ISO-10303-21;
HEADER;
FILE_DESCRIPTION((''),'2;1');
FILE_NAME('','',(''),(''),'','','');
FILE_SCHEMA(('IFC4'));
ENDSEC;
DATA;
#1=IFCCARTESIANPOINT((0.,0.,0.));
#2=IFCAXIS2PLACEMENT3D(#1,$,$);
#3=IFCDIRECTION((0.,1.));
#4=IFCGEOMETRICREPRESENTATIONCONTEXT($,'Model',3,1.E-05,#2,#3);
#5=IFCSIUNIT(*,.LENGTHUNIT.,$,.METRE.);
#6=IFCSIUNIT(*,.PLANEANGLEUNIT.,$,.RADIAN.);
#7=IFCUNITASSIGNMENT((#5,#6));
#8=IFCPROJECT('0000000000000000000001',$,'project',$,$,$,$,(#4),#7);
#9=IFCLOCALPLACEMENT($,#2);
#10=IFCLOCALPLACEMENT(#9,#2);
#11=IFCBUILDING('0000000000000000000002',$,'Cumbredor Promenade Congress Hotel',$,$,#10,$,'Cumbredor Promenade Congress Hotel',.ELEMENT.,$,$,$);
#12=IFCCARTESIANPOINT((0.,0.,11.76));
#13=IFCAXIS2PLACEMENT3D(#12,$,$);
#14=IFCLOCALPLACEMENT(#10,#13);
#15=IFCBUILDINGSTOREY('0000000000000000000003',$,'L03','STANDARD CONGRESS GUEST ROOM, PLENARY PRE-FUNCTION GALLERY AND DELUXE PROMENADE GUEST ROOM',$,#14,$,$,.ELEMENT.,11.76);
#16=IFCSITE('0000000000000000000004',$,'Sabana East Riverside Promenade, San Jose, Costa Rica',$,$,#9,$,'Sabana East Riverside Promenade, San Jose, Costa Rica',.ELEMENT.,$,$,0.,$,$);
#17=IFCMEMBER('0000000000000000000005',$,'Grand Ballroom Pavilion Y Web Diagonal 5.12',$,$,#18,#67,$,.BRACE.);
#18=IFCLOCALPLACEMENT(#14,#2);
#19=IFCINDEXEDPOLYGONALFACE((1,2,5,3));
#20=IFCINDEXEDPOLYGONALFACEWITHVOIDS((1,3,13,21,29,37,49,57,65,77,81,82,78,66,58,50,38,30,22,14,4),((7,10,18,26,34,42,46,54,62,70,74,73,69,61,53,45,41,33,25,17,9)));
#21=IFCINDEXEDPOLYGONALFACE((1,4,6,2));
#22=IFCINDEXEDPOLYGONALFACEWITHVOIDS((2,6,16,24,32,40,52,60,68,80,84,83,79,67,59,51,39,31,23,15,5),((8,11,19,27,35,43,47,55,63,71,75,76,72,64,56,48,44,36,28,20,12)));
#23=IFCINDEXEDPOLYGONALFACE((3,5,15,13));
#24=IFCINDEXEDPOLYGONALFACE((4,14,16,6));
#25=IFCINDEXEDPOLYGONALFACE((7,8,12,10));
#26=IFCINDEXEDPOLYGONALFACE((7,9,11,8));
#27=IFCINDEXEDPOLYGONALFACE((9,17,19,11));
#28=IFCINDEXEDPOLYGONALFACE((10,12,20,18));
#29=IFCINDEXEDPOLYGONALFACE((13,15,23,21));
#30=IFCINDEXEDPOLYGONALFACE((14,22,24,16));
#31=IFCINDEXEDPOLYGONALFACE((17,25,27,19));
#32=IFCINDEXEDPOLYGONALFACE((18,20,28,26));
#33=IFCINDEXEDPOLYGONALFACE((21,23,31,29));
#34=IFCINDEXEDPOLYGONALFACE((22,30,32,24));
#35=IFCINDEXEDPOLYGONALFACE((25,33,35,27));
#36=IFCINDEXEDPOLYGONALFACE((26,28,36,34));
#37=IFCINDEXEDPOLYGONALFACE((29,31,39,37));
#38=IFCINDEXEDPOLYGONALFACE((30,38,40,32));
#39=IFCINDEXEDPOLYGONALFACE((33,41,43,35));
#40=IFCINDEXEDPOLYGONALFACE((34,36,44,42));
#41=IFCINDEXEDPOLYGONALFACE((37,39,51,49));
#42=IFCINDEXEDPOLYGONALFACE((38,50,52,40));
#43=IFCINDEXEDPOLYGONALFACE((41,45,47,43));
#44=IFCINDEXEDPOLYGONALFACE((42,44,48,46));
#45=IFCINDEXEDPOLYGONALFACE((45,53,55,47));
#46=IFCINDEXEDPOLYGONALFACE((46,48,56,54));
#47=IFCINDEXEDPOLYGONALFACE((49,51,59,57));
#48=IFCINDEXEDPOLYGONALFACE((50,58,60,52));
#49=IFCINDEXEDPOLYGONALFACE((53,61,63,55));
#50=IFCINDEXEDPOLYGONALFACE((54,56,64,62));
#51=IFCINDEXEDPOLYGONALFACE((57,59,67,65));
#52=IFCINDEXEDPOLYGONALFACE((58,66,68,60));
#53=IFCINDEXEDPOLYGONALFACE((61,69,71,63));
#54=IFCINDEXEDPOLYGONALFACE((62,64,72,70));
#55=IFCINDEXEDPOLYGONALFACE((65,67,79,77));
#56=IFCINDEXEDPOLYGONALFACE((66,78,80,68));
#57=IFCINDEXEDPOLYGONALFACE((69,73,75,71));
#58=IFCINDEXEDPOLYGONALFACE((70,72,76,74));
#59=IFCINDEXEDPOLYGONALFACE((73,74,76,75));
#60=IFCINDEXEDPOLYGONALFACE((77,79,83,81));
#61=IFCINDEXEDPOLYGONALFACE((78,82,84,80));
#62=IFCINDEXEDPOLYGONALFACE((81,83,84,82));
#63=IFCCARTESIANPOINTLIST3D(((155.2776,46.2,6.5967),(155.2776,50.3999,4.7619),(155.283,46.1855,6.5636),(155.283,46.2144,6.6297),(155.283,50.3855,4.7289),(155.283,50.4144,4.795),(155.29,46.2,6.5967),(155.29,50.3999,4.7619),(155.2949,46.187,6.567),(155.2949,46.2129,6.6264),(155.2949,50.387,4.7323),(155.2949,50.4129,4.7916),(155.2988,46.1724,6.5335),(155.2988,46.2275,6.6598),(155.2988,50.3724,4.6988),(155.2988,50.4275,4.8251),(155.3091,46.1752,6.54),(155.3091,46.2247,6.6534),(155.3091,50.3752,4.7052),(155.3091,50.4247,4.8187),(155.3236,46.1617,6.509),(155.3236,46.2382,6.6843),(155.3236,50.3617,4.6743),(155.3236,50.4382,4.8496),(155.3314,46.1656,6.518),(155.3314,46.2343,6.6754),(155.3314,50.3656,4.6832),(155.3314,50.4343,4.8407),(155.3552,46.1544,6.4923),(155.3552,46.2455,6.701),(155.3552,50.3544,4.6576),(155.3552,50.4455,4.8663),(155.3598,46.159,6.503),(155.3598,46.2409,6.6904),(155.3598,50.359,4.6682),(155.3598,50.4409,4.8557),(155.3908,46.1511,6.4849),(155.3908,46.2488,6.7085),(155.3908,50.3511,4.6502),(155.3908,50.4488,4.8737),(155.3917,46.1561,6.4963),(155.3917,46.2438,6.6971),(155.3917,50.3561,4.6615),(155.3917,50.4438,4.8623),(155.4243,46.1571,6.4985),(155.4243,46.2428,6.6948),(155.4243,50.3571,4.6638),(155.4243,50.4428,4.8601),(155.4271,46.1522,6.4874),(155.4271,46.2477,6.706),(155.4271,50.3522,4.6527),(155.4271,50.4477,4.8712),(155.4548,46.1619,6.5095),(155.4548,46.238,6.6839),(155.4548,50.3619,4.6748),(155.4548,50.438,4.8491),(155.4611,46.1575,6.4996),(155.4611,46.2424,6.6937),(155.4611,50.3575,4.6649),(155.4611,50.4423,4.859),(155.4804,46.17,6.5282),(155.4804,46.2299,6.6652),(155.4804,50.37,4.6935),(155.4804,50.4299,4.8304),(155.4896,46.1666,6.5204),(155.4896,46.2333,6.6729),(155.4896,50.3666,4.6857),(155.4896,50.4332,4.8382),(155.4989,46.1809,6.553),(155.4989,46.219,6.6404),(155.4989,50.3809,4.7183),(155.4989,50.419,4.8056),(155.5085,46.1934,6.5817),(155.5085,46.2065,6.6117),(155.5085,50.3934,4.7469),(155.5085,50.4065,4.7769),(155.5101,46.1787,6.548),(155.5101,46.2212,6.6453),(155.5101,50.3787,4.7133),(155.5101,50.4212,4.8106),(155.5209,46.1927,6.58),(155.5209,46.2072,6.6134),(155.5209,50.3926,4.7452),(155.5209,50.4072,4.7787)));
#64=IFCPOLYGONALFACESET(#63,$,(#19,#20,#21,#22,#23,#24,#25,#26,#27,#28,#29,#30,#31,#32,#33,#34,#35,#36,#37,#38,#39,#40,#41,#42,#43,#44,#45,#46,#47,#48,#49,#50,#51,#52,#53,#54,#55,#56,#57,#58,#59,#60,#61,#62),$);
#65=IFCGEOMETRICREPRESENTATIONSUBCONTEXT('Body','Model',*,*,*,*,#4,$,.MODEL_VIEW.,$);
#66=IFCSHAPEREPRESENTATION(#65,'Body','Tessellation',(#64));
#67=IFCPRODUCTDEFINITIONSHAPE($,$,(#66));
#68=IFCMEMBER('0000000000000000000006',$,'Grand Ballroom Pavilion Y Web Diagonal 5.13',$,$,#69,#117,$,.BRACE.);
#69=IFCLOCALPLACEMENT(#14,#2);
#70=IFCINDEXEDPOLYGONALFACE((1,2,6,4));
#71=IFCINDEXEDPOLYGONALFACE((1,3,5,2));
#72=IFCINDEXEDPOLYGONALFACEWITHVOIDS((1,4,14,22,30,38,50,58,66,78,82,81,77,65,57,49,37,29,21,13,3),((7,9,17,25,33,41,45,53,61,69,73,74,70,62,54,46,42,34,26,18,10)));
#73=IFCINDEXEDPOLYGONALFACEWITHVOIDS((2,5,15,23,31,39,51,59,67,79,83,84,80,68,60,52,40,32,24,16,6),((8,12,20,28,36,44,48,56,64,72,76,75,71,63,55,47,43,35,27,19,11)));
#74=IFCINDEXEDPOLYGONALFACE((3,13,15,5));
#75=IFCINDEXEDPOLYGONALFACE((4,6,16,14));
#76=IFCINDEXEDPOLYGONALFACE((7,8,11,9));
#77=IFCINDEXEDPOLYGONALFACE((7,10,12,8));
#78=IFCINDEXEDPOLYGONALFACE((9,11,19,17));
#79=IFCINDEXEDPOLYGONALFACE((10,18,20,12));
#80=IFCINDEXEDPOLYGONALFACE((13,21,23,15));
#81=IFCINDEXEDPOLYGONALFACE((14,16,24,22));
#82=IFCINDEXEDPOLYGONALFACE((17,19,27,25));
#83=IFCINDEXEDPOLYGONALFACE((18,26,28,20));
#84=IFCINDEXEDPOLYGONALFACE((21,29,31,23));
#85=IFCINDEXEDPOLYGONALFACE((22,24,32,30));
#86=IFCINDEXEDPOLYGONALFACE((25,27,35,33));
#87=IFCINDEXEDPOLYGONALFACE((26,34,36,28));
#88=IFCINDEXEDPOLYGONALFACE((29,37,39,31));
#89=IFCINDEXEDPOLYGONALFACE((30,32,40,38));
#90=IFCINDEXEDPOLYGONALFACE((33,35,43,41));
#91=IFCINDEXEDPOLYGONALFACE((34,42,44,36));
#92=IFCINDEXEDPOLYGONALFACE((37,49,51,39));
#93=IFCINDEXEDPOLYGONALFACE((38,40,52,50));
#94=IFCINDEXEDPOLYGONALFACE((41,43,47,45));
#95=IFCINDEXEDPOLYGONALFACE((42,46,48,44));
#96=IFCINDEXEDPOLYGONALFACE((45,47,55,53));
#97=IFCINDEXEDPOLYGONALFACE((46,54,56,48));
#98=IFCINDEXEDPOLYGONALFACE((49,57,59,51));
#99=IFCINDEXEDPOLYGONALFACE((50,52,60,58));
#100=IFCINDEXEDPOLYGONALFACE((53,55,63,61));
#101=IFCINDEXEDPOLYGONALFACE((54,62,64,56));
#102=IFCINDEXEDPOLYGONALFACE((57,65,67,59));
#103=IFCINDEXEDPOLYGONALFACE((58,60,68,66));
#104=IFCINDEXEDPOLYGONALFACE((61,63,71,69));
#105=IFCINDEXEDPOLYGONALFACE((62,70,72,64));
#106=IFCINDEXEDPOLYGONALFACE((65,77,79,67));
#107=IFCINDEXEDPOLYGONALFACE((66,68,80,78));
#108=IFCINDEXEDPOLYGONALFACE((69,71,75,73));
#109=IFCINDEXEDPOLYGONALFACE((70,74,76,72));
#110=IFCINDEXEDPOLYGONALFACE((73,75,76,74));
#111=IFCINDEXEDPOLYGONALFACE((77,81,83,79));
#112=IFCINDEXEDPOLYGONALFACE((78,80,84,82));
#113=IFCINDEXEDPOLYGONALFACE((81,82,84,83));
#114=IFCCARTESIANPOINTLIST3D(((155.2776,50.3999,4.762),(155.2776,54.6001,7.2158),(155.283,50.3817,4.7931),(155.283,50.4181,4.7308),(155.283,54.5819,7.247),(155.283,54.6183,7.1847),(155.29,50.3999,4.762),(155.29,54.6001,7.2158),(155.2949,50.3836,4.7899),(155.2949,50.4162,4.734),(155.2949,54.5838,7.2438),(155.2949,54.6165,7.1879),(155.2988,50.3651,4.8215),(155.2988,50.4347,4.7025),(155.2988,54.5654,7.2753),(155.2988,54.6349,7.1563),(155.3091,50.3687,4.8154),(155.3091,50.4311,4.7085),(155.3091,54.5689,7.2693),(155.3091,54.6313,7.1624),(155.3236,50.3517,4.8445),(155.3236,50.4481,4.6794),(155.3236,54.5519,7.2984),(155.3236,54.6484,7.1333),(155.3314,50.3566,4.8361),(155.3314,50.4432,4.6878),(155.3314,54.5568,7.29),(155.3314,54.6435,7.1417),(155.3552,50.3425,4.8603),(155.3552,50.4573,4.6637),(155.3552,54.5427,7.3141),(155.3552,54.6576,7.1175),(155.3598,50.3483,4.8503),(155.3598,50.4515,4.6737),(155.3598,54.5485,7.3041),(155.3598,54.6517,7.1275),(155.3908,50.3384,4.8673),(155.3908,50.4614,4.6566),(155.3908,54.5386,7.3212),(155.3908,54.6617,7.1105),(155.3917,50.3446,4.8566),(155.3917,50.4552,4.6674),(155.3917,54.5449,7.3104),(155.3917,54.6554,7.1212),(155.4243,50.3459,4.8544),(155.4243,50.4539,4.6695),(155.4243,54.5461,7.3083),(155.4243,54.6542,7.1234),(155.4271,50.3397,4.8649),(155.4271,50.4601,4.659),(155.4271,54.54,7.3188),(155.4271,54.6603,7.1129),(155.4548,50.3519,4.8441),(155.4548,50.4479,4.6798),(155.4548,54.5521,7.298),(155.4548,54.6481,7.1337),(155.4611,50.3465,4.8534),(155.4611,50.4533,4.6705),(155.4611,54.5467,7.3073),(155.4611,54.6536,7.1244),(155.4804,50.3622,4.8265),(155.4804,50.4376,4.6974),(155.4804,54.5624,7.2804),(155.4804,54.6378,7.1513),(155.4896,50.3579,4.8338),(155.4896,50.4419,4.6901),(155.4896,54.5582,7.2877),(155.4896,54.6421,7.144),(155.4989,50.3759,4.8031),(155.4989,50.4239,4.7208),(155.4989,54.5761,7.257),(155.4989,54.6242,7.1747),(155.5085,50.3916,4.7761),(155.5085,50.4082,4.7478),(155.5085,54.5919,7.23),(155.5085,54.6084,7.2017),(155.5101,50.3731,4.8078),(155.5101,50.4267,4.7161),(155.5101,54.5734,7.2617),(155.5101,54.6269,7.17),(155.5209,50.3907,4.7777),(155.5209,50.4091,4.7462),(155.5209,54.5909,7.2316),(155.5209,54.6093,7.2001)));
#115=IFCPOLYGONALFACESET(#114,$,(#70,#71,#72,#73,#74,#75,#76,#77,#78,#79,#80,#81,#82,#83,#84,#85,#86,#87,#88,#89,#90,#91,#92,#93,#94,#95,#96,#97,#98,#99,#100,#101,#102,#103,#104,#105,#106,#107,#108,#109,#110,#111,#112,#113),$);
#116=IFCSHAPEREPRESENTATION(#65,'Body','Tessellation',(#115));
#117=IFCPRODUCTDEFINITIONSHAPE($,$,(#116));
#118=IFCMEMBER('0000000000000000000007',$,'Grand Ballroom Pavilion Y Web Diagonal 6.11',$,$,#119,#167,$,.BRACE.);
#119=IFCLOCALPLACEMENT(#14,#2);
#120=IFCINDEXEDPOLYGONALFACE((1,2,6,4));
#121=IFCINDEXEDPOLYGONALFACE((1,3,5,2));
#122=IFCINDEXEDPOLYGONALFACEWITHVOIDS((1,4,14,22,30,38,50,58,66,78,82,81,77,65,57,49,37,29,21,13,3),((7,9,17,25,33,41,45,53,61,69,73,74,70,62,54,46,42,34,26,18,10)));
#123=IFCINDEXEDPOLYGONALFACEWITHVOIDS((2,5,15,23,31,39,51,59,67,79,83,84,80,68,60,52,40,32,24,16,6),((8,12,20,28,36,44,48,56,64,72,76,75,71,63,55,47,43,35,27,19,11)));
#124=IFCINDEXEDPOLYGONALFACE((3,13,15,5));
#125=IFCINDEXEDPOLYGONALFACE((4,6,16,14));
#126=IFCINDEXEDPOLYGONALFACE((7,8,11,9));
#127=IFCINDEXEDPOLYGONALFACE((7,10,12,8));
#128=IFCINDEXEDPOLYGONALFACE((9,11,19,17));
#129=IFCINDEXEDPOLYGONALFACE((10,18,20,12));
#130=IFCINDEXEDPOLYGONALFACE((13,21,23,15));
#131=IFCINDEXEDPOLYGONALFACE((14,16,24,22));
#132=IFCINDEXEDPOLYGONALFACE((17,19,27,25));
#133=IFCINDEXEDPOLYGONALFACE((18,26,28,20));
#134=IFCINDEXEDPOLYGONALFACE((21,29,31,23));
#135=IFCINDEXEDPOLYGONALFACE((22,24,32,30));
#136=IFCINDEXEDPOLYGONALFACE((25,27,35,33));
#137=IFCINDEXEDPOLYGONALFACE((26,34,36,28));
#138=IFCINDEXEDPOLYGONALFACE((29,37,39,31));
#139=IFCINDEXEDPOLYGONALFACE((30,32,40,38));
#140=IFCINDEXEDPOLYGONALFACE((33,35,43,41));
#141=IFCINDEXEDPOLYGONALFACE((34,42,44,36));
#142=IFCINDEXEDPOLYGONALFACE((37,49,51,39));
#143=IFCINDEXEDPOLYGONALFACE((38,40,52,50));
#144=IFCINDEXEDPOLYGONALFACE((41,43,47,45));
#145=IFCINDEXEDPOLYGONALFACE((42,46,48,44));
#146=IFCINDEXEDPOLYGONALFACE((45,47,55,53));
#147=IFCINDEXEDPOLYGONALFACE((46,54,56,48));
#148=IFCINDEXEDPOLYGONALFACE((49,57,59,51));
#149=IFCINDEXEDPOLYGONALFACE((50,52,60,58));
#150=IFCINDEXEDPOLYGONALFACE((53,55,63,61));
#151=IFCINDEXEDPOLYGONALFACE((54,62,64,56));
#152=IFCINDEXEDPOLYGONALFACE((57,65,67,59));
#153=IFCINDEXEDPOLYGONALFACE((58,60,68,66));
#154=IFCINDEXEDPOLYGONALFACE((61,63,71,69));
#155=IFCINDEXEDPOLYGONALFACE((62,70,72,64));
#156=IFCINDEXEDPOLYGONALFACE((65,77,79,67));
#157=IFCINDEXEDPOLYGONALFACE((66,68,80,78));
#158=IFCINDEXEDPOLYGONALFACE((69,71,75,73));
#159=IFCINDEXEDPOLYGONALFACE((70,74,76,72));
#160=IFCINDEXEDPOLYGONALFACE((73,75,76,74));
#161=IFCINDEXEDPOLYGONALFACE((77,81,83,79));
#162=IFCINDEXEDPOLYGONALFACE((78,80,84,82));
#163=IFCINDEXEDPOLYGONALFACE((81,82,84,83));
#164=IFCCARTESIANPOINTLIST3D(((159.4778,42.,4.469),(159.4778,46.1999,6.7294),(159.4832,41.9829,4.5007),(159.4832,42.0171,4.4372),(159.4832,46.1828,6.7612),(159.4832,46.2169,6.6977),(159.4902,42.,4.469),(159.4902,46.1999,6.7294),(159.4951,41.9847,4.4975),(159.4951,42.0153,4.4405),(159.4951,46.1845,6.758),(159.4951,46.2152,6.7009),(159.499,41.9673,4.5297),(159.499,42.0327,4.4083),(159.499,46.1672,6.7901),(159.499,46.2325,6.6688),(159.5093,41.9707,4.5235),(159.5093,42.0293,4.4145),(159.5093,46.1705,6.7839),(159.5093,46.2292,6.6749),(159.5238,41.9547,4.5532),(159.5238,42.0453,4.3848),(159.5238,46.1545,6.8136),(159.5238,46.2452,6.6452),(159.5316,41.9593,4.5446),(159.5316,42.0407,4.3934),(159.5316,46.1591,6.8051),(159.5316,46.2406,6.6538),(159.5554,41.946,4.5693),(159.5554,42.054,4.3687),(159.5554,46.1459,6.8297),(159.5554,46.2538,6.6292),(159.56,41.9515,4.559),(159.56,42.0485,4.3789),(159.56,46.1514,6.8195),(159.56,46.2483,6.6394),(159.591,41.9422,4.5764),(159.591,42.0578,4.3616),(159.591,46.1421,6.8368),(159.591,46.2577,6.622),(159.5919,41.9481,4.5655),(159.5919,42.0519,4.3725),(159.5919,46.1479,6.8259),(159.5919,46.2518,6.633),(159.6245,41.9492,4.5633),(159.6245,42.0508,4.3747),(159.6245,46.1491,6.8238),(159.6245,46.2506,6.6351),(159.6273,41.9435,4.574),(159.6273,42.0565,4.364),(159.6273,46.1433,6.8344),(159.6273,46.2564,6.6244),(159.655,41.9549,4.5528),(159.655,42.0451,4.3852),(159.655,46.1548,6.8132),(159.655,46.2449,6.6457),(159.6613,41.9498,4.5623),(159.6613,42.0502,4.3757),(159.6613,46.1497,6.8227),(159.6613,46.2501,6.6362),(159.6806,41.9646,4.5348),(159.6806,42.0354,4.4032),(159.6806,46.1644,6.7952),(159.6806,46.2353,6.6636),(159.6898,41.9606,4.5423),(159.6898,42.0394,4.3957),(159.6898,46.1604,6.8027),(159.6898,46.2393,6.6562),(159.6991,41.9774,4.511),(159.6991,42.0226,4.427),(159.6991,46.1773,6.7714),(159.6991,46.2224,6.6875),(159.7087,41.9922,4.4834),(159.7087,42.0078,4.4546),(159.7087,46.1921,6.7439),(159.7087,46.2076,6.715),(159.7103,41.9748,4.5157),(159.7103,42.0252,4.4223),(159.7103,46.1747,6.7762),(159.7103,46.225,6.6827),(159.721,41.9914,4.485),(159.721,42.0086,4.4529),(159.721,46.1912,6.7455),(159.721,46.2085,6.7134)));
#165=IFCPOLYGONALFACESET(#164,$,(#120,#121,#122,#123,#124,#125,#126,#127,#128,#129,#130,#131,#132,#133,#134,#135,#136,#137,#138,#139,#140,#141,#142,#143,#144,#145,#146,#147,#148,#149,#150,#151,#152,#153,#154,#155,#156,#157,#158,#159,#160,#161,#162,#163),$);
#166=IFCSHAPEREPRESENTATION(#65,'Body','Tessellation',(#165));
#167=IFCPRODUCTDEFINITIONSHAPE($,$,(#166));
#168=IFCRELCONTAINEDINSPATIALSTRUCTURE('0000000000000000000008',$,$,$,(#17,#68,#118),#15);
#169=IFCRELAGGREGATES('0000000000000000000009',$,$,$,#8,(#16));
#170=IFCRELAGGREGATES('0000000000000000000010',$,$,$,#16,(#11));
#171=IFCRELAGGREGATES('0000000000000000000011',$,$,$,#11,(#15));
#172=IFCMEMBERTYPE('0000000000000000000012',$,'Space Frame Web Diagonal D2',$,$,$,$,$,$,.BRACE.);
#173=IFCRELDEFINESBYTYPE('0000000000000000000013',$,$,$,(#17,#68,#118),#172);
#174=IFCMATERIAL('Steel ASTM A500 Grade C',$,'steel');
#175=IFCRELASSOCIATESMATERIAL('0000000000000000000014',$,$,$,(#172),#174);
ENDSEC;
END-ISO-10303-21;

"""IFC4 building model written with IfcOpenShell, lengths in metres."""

from ifc_helpers import new_model, si_unit, direction, frame, origin, origin_2d, place, context, subcontext, project, spatial, hollow_circle, extrude, material, material_profile, profile_set, type_object, element, save


model = new_model("IFC4")

# Units and contexts
model_context = context("Model", 3, precision=1e-05, world=origin(), true_north=direction((0.0, 1.0)))
body_context = subcontext(model_context, "Body", "Model", "MODEL_VIEW")
ifc_project = project(units=[si_unit("LENGTHUNIT", "METRE"), si_unit("PLANEANGLEUNIT", "RADIAN")], contexts=[model_context])

# Site, building, storey
site_placement = place(None, origin())
site = spatial("IfcSite", under=ifc_project, at=site_placement, Name="Sabana East Riverside Promenade, San Jose, Costa Rica", LongName="Sabana East Riverside Promenade, San Jose, Costa Rica", CompositionType="ELEMENT", RefElevation=0.0)
building_placement = place(site_placement, origin())
building = spatial("IfcBuilding", under=site, at=building_placement, Name="Cumbredor Promenade Congress Hotel", LongName="Cumbredor Promenade Congress Hotel", CompositionType="ELEMENT")
storey_placement = place(building_placement, frame((0.0, 0.0, 11.76)))
storey = spatial("IfcBuildingStorey", under=building, at=storey_placement, Name="L03", Description="STANDARD CONGRESS GUEST ROOM, PLENARY PRE-FUNCTION GALLERY AND DELUXE PROMENADE GUEST ROOM", CompositionType="ELEMENT", Elevation=11.76)

# Members
ifc_material_1 = material(Name="Steel ASTM A500 Grade C", Category="steel")
ifc_material_profile_1 = material_profile(ifc_material_1, hollow_circle(Radius=0.1223, WallThickness=0.0125, at=origin_2d()), Name="CHS 244.5x12.5")
ifc_profile_set_1 = profile_set([ifc_material_profile_1], Name="Steel ASTM A500 Grade C")
member_type_1 = type_object("IfcMemberType", Name="Space Frame Web Diagonal D2", PredefinedType="BRACE", material=ifc_profile_set_1)
member_1_placement = place(storey_placement, frame((155.3999, 46.2, 6.5967), z_axis=(0.0, 0.916378, -0.400313), x_axis=(-1.0, 0.0, 0.0)))
element("IfcMember", 1, at=member_1_placement, inside=storey, type_object=member_type_1, Name="Grand Ballroom Pavilion Y Web Diagonal 5.12", PredefinedType="BRACE", context=body_context, shape_type="SweptSolid", body=[
    extrude(hollow_circle(Radius=0.1223, WallThickness=0.0125, at=origin_2d()), origin(), (0.0, 0.0, 1.0), 4.5833),
])
member_2_placement = place(storey_placement, frame((155.3999, 50.3999, 4.762), z_axis=(0.0, 0.863444, 0.504445), x_axis=(-1.0, 0.0, 0.0)))
element("IfcMember", 2, at=member_2_placement, inside=storey, type_object=member_type_1, Name="Grand Ballroom Pavilion Y Web Diagonal 5.13", PredefinedType="BRACE", context=body_context, shape_type="SweptSolid", body=[
    extrude(hollow_circle(Radius=0.1223, WallThickness=0.0125, at=origin_2d()), origin(), (0.0, 0.0, 1.0), 4.8645),
])
member_3_placement = place(storey_placement, frame((159.6001, 42.0, 4.469), z_axis=(0.0, 0.88056, 0.473935), x_axis=(-1.0, 0.0, 0.0)))
element("IfcMember", 3, at=member_3_placement, inside=storey, type_object=member_type_1, Name="Grand Ballroom Pavilion Y Web Diagonal 6.11", PredefinedType="BRACE", context=body_context, shape_type="SweptSolid", body=[
    extrude(hollow_circle(Radius=0.1223, WallThickness=0.0125, at=origin_2d()), origin(), (0.0, 0.0, 1.0), 4.7695),
])

save(model, "model.ifc")
